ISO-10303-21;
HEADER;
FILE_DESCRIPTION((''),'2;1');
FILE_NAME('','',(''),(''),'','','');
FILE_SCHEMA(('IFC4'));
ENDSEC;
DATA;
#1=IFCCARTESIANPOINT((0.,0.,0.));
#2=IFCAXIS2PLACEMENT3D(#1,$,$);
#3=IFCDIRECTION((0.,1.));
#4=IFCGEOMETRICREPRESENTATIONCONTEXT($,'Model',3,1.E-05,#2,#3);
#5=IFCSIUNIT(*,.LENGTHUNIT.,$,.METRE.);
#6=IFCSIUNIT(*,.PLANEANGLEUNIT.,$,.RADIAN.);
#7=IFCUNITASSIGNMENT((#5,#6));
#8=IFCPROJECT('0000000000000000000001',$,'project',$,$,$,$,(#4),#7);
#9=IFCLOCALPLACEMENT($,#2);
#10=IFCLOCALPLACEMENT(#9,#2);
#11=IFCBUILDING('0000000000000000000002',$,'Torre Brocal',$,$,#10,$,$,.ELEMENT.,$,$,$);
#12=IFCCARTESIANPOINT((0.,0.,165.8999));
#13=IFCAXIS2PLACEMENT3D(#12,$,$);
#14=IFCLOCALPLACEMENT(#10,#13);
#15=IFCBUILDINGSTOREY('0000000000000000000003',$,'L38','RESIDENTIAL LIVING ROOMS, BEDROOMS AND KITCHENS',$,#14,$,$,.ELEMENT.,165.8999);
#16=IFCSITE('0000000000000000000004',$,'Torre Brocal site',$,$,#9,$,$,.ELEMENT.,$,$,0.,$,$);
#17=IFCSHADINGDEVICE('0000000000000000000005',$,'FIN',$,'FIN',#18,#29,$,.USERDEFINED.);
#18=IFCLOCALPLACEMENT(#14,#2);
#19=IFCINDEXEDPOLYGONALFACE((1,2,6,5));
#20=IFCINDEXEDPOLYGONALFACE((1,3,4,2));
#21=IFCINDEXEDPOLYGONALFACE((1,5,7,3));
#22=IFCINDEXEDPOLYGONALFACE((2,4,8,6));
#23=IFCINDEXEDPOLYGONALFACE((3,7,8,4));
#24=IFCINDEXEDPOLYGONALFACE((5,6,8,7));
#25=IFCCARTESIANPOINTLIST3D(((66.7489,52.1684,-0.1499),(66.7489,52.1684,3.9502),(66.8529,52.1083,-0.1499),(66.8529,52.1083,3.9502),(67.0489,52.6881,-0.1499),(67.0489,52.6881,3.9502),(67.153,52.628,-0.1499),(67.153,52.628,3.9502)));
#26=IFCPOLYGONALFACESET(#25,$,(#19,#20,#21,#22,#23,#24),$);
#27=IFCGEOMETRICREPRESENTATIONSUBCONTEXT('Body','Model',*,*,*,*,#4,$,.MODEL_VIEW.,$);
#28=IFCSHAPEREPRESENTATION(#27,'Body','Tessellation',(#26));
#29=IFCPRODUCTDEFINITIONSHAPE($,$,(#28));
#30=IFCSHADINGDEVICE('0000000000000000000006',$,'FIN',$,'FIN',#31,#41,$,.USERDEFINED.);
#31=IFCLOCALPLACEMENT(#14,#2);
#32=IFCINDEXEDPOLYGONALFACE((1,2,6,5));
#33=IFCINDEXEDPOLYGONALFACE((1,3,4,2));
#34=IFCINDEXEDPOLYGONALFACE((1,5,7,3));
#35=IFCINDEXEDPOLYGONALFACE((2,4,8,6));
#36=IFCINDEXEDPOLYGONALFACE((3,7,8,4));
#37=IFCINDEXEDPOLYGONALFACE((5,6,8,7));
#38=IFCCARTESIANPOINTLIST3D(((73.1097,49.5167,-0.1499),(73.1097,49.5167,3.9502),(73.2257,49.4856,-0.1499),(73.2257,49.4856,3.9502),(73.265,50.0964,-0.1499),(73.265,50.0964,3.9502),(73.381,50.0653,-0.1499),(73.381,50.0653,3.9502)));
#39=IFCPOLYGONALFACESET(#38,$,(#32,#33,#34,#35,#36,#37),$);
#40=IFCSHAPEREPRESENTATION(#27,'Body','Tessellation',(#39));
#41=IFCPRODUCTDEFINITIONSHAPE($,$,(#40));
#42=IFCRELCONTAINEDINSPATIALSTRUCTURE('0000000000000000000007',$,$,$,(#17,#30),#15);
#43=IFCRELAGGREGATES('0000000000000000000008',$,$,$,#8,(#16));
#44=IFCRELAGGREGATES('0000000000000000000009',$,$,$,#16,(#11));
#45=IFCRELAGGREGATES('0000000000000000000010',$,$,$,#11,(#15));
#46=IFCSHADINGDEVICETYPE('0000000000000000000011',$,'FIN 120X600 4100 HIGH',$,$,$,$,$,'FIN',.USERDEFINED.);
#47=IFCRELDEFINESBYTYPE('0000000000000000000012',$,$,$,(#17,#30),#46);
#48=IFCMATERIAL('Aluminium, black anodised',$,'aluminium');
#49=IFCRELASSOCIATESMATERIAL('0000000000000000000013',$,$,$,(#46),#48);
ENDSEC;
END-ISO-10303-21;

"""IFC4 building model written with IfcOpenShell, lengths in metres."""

from ifc_helpers import new_model, si_unit, direction, frame, origin, origin_2d, place, context, subcontext, project, spatial, rectangle, extrude, material, material_profile, profile_set, type_object, element, save


model = new_model("IFC4")

# Units and contexts
model_context = context("Model", 3, precision=1e-05, world=origin(), true_north=direction((0.0, 1.0)))
body_context = subcontext(model_context, "Body", "Model", "MODEL_VIEW")
ifc_project = project(units=[si_unit("LENGTHUNIT", "METRE"), si_unit("PLANEANGLEUNIT", "RADIAN")], contexts=[model_context])

# Site, building, storey
site_placement = place(None, origin())
site = spatial("IfcSite", under=ifc_project, at=site_placement, Name="Torre Brocal site", CompositionType="ELEMENT", RefElevation=0.0)
building_placement = place(site_placement, origin())
building = spatial("IfcBuilding", under=site, at=building_placement, Name="Torre Brocal", CompositionType="ELEMENT")
storey_placement = place(building_placement, frame((0.0, 0.0, 165.8999)))
storey = spatial("IfcBuildingStorey", under=building, at=storey_placement, Name="L38", Description="RESIDENTIAL LIVING ROOMS, BEDROOMS AND KITCHENS", CompositionType="ELEMENT", Elevation=165.8999)

# Shading devices
ifc_material_1 = material(Name="Aluminium, black anodised", Category="aluminium")
ifc_material_profile_1 = material_profile(ifc_material_1, rectangle(XDim=0.1201, YDim=0.6001, at=origin_2d()), Name="FIN 120X600 4100 HIGH")
ifc_profile_set_1 = profile_set([ifc_material_profile_1], Name="Aluminium, black anodised")
shading_device_type = type_object("IfcShadingDeviceType", Name="FIN 120X600 4100 HIGH", ElementType="FIN", PredefinedType="USERDEFINED", material=ifc_profile_set_1)
for number, where, z_axis, x_axis, name in (
    (1, (66.9509, 52.3982, -0.1499), (0.0, 0.0, 1.0), (0.866025, -0.5, 0.0), "FIN"),
    (2, (73.2454, 49.791, -0.1499), (0.0, 0.0, 1.0), (0.965926, -0.258819, 0.0), "FIN"),
):
    element("IfcShadingDevice", number, at=place(storey_placement, frame(where, z_axis=z_axis, x_axis=x_axis)), inside=storey, type_object=shading_device_type, Name=name, ObjectType="FIN", PredefinedType="USERDEFINED", context=body_context, shape_type="SweptSolid", body=[
        extrude(rectangle(XDim=0.1201, YDim=0.6001, at=origin_2d()), origin(), (0.0, 0.0, 1.0), 4.1001),
    ])

save(model, "model.ifc")
